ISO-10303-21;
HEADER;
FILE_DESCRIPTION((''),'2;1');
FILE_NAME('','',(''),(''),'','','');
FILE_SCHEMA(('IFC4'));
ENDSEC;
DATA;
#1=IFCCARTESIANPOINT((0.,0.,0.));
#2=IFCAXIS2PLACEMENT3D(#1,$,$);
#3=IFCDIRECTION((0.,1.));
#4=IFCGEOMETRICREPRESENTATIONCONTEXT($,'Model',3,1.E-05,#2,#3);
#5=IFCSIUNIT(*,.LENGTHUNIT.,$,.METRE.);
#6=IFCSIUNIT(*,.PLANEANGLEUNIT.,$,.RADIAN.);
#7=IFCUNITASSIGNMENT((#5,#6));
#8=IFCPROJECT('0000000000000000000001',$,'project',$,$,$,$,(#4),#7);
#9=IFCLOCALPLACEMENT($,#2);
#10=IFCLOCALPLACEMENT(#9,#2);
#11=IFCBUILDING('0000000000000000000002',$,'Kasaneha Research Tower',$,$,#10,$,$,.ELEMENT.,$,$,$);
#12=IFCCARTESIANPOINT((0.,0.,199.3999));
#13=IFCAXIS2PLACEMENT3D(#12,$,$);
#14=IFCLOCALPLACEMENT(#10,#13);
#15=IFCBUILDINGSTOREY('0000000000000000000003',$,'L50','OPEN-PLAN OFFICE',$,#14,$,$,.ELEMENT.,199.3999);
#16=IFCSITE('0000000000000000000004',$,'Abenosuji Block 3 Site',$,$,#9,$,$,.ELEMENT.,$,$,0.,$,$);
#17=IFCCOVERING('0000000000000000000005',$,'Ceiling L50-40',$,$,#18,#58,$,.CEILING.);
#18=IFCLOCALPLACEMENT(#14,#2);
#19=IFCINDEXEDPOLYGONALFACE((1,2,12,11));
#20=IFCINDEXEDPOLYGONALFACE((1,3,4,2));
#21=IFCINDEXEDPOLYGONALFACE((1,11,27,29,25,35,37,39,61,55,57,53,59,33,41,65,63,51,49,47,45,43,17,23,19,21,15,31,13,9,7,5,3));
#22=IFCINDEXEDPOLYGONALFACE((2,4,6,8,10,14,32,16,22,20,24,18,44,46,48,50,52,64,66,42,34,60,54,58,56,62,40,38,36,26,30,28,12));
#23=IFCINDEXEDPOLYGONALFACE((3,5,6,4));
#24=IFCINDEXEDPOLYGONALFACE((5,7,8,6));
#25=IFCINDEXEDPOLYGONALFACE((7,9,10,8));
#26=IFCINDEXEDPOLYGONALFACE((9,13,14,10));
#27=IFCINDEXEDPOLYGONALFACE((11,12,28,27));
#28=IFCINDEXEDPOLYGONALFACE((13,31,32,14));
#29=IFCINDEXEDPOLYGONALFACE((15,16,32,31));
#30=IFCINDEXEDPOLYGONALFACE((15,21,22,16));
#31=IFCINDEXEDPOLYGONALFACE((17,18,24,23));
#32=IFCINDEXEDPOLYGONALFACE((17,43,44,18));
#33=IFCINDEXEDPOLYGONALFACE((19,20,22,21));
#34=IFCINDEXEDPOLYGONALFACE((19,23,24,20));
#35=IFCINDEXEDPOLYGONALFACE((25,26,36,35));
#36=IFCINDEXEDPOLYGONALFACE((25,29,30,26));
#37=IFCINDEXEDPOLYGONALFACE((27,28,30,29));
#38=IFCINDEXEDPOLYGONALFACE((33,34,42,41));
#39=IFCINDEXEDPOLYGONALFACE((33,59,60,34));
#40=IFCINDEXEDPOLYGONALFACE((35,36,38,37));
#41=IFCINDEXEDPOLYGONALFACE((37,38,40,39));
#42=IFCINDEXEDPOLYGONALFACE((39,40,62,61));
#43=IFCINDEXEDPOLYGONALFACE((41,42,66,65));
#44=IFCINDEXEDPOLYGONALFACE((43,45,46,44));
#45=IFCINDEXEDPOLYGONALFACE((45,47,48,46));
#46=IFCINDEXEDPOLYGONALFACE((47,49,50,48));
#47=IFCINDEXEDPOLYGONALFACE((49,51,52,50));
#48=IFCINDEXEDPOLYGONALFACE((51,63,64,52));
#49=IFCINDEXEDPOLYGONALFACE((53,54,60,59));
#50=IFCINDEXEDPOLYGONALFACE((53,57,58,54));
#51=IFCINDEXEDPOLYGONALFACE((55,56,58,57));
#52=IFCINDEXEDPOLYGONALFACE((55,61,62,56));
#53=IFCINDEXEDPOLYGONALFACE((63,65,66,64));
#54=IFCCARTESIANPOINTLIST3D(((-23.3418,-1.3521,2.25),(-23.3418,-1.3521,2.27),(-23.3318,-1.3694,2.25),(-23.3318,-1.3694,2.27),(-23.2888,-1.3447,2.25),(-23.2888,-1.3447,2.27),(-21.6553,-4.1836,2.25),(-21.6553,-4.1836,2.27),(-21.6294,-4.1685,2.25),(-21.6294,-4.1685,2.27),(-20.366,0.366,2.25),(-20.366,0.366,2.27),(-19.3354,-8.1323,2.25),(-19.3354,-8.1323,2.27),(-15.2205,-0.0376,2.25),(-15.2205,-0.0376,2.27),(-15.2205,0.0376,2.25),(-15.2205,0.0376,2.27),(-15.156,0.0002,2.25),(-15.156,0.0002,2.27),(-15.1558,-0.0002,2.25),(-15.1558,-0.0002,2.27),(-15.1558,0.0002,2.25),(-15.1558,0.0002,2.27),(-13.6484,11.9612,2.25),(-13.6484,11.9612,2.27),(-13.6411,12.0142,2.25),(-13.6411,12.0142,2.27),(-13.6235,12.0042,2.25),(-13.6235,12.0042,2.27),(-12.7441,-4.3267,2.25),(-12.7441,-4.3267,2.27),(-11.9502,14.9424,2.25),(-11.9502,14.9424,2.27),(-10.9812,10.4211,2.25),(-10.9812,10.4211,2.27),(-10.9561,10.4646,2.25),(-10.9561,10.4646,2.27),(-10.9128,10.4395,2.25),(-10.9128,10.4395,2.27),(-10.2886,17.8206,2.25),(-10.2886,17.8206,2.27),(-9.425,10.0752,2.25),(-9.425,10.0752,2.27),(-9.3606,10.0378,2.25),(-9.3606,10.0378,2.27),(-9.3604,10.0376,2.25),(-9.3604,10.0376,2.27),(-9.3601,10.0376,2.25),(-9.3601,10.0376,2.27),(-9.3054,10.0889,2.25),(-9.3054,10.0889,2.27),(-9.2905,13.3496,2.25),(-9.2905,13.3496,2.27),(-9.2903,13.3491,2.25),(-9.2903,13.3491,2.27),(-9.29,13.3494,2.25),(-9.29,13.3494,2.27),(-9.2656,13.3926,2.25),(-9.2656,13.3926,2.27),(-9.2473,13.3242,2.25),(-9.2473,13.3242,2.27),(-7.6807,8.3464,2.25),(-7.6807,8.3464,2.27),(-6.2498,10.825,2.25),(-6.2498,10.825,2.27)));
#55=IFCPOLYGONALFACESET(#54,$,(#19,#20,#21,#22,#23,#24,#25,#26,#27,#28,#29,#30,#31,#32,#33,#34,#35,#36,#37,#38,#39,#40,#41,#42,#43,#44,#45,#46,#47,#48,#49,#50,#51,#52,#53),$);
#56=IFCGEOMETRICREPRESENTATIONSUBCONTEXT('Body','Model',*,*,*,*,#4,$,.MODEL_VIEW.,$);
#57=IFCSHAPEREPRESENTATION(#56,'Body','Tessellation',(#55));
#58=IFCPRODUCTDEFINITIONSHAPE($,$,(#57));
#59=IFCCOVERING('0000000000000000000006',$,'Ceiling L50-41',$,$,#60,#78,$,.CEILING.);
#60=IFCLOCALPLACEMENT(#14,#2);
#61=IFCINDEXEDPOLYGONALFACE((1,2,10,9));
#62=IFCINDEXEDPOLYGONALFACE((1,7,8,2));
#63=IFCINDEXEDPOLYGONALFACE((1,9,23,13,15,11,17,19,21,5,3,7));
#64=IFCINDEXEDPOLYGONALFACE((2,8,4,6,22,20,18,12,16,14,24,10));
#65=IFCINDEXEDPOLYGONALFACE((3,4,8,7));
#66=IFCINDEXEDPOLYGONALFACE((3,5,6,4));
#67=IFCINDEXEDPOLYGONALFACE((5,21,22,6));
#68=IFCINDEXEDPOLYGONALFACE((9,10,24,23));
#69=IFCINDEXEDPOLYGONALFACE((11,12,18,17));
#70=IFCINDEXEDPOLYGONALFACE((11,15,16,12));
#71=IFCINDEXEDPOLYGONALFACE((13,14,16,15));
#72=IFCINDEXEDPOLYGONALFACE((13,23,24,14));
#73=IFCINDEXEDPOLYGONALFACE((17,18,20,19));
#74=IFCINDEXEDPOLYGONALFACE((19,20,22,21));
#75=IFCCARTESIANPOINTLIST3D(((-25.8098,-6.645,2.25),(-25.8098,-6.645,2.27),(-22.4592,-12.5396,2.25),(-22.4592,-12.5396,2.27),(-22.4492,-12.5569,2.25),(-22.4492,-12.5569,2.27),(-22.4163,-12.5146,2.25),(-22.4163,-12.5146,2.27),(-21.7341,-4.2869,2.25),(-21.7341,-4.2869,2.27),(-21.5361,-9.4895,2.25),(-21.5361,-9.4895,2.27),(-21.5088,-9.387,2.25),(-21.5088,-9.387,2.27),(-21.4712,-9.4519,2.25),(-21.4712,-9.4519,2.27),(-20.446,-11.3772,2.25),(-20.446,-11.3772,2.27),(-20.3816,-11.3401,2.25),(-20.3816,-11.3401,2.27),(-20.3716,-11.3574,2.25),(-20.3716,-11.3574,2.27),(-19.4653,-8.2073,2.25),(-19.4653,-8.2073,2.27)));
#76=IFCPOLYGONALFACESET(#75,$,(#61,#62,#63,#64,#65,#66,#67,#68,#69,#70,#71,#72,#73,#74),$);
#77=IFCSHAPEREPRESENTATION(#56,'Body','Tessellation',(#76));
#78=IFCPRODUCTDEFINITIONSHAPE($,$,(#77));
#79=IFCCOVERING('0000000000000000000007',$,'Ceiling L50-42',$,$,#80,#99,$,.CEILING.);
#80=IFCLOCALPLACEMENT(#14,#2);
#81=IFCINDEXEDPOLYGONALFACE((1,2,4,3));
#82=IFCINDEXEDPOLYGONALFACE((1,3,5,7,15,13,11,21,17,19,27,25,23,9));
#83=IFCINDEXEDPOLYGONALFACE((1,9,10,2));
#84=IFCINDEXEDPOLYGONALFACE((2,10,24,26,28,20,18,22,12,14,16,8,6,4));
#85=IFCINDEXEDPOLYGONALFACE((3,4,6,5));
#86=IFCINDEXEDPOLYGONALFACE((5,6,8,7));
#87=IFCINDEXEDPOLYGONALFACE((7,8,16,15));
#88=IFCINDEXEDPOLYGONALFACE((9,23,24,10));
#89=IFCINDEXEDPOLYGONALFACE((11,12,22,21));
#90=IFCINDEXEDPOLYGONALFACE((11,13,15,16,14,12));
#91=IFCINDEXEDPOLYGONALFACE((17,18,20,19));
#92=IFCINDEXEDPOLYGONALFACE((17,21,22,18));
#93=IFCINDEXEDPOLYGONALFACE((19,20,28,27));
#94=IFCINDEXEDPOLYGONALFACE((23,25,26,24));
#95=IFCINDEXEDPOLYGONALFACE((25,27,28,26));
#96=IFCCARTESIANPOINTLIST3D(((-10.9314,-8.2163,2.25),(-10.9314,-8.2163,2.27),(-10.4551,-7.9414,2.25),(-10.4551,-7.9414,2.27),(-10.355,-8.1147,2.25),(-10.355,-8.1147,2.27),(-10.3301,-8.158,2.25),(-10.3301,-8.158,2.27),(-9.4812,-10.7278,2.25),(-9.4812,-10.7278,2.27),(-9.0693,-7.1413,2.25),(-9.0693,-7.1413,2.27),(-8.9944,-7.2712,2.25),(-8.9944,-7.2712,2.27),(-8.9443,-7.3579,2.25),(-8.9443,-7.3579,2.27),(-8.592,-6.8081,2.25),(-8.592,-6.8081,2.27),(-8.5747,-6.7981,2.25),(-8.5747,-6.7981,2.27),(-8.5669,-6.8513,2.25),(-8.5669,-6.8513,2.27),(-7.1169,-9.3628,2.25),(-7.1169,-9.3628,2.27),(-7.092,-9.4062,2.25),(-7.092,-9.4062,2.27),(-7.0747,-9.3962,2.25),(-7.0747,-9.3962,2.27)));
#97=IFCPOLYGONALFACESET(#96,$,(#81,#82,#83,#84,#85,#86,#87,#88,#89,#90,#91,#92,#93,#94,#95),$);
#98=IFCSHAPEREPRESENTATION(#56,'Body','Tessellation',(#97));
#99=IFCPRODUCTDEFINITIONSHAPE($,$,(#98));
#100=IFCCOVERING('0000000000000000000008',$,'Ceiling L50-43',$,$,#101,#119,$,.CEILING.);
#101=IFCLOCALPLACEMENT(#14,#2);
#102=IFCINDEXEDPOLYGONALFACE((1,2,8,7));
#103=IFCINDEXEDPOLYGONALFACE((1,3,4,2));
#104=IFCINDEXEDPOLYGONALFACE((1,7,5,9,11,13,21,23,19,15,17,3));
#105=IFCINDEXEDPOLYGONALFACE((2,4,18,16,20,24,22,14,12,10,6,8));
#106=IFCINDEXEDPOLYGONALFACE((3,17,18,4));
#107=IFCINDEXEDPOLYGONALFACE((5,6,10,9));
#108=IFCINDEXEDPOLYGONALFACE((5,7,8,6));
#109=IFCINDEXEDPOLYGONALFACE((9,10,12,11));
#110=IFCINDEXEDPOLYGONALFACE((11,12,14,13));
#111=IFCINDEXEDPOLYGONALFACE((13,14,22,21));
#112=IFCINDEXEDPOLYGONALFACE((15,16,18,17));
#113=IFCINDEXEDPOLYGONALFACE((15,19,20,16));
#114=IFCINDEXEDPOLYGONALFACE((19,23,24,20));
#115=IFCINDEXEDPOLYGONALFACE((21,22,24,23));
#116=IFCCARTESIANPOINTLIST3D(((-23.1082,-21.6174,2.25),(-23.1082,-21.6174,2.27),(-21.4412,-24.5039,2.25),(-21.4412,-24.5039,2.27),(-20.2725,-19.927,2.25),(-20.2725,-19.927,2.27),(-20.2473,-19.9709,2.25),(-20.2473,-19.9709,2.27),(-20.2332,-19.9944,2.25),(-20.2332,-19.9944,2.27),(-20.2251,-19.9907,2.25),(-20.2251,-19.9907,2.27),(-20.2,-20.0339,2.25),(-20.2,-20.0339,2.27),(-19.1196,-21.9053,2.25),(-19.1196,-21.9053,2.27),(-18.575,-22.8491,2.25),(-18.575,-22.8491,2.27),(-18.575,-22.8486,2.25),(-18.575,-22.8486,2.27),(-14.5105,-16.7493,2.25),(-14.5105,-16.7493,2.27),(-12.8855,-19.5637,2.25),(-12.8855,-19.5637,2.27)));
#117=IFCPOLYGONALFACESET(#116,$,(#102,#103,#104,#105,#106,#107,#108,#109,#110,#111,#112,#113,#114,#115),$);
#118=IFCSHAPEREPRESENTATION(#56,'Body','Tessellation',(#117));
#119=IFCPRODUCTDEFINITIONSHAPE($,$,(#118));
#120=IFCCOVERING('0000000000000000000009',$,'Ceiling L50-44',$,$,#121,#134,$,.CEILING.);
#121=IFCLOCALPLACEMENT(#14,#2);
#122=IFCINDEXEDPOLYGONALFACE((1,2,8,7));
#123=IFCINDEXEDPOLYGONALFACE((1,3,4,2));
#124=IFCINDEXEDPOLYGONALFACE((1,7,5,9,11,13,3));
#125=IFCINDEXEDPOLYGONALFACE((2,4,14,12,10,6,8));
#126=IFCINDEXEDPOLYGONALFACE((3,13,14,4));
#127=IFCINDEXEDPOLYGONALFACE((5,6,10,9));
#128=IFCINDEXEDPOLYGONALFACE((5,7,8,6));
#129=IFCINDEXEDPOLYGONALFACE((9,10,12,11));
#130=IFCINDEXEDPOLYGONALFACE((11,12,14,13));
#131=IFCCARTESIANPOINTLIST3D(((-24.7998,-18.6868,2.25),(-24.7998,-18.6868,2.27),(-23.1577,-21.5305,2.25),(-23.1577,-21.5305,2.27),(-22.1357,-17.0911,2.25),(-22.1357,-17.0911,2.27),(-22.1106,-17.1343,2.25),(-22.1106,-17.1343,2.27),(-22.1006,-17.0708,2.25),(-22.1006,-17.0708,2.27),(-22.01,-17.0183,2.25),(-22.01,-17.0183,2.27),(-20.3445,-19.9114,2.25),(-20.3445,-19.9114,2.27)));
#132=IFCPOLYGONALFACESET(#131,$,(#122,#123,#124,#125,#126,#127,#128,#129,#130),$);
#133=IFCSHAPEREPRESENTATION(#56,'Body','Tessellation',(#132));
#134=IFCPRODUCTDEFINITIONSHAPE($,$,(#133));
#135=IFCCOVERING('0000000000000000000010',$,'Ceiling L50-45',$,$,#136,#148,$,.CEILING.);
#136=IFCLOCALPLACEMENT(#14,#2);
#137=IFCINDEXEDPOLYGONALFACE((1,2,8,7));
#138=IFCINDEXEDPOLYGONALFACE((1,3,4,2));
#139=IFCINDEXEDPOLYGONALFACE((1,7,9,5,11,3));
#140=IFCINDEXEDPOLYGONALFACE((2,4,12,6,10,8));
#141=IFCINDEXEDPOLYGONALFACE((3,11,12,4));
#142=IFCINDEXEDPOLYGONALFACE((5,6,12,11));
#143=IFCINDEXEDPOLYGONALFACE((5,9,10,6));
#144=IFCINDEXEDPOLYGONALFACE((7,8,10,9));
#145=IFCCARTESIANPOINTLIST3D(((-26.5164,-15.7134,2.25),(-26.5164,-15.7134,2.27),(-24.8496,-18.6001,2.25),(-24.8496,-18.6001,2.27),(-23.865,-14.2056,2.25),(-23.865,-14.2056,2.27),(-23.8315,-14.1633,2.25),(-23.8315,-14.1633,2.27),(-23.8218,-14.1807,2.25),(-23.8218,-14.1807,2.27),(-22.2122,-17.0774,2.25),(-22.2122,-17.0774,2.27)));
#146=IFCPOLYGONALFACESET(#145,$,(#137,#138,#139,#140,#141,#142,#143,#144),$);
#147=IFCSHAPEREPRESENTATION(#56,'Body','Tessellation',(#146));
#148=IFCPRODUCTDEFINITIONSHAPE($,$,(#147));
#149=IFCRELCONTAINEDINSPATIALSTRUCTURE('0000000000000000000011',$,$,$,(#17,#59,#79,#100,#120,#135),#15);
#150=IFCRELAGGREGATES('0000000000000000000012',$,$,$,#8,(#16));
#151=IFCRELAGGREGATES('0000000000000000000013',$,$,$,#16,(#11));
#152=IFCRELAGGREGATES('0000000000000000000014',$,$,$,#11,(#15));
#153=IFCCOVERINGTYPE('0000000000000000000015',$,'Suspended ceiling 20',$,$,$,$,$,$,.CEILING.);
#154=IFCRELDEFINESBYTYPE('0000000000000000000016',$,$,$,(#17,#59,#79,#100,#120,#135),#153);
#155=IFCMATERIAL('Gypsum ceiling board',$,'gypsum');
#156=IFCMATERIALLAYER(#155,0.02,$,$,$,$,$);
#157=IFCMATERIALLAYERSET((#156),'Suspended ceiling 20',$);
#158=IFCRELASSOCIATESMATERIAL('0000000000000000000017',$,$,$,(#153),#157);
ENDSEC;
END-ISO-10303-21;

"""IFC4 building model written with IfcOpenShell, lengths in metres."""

from ifc_helpers import new_model, si_unit, direction, frame, origin, place, context, subcontext, project, spatial, polyline, outline, extrude, material, layer, layer_set, type_object, element, save


model = new_model("IFC4")

# Units and contexts
model_context = context("Model", 3, precision=1e-05, world=origin(), true_north=direction((0.0, 1.0)))
body_context = subcontext(model_context, "Body", "Model", "MODEL_VIEW")
ifc_project = project(units=[si_unit("LENGTHUNIT", "METRE"), si_unit("PLANEANGLEUNIT", "RADIAN")], contexts=[model_context])

# Site, building, storey
site_placement = place(None, origin())
site = spatial("IfcSite", under=ifc_project, at=site_placement, Name="Abenosuji Block 3 Site", CompositionType="ELEMENT", RefElevation=0.0)
building_placement = place(site_placement, origin())
building = spatial("IfcBuilding", under=site, at=building_placement, Name="Kasaneha Research Tower", CompositionType="ELEMENT")
storey_placement = place(building_placement, frame((0.0, 0.0, 199.3999)))
storey = spatial("IfcBuildingStorey", under=building, at=storey_placement, Name="L50", Description="OPEN-PLAN OFFICE", CompositionType="ELEMENT", Elevation=199.3999)

# Coverings
ifc_material_1 = material(Name="Gypsum ceiling board", Category="gypsum")
ifc_layer_1 = layer(ifc_material_1, 0.02)
ifc_layer_set_1 = layer_set([ifc_layer_1], Name="Suspended ceiling 20")
covering_type_1 = type_object("IfcCoveringType", Name="Suspended ceiling 20", PredefinedType="CEILING", material=ifc_layer_set_1)
covering_1_placement = place(storey_placement, frame((0.0, 0.0, 2.25)))
element("IfcCovering", 1, at=covering_1_placement, inside=storey, type_object=covering_type_1, Name="Ceiling L50-40", PredefinedType="CEILING", context=body_context, shape_type="SweptSolid", body=[
    extrude(outline(polyline([(-9.3606, 10.0378), (-9.3606, 10.0378), (-9.425, 10.0752), (-15.2205, 0.0376), (-15.1558, 0.0002), (-15.156, 0.0002), (-15.1558, -0.0002), (-15.2205, -0.0376), (-12.7441, -4.3267), (-19.3354, -8.1323), (-21.6294, -4.1685), (-21.6553, -4.1836), (-23.2888, -1.3447), (-23.3318, -1.3694), (-23.3418, -1.3521), (-20.366, 0.366), (-13.6411, 12.0142), (-13.6235, 12.0042), (-13.6484, 11.9612), (-10.9812, 10.4211), (-10.9561, 10.4646), (-10.9128, 10.4395), (-9.2473, 13.3242), (-9.2903, 13.3491), (-9.29, 13.3494), (-9.2905, 13.3496), (-9.2656, 13.3926), (-11.9502, 14.9424), (-10.2886, 17.8206), (-6.2498, 10.825), (-7.6807, 8.3464), (-9.3054, 10.0889), (-9.3601, 10.0376), (-9.3604, 10.0376), (-9.3606, 10.0378)])), origin(), (0.0, 0.0, 1.0), 0.02),
])
covering_2_placement = place(storey_placement, frame((0.0, 0.0, 2.25)))
element("IfcCovering", 2, at=covering_2_placement, inside=storey, type_object=covering_type_1, Name="Ceiling L50-41", PredefinedType="CEILING", context=body_context, shape_type="SweptSolid", body=[
    extrude(outline(polyline([(-22.4492, -12.5569), (-22.4592, -12.5396), (-22.4163, -12.5146), (-25.8098, -6.645), (-21.7341, -4.2869), (-19.4653, -8.2073), (-21.5088, -9.387), (-21.4712, -9.4519), (-21.5361, -9.4895), (-20.446, -11.3772), (-20.3816, -11.3401), (-20.3716, -11.3574), (-22.4492, -12.5569)])), origin(), (0.0, 0.0, 1.0), 0.02),
])
covering_3_placement = place(storey_placement, frame((0.0, 0.0, 2.25)))
element("IfcCovering", 3, at=covering_3_placement, inside=storey, type_object=covering_type_1, Name="Ceiling L50-42", PredefinedType="CEILING", context=body_context, shape_type="SweptSolid", body=[
    extrude(outline(polyline([(-10.355, -8.1147), (-10.355, -8.1147), (-10.3301, -8.158), (-8.9443, -7.3579), (-8.9944, -7.2712), (-8.9944, -7.2712), (-9.0942, -7.0981), (-9.0942, -7.0981), (-9.0693, -7.1414), (-8.5669, -6.8513), (-8.592, -6.8081), (-8.5747, -6.7981), (-7.0747, -9.3962), (-7.092, -9.4062), (-7.1169, -9.3628), (-9.4812, -10.7278), (-10.9314, -8.2163), (-10.4551, -7.9414), (-10.355, -8.1147)])), origin(), (0.0, 0.0, 1.0), 0.02),
])
covering_4_placement = place(storey_placement, frame((0.0, 0.0, 2.25)))
element("IfcCovering", 4, at=covering_4_placement, inside=storey, type_object=covering_type_1, Name="Ceiling L50-43", PredefinedType="CEILING", context=body_context, shape_type="SweptSolid", body=[
    extrude(outline(polyline([(-19.1196, -21.9053), (-18.575, -22.8491), (-21.4412, -24.5039), (-23.1082, -21.6174), (-20.2473, -19.9709), (-20.2725, -19.927), (-20.2332, -19.9944), (-20.2251, -19.9907), (-20.2, -20.0339), (-14.5105, -16.7493), (-12.8855, -19.5637), (-18.575, -22.8486), (-19.1196, -21.9053)])), origin(), (0.0, 0.0, 1.0), 0.02),
])
covering_5_placement = place(storey_placement, frame((0.0, 0.0, 2.25)))
element("IfcCovering", 5, at=covering_5_placement, inside=storey, type_object=covering_type_1, Name="Ceiling L50-44", PredefinedType="CEILING", context=body_context, shape_type="SweptSolid", body=[
    extrude(outline(polyline([(-24.7998, -18.6868), (-22.1106, -17.1343), (-22.1357, -17.0911), (-22.1006, -17.0708), (-22.1006, -17.0708), (-22.01, -17.0183), (-20.3445, -19.9114), (-23.1577, -21.5305), (-24.7998, -18.6868)])), origin(), (0.0, 0.0, 1.0), 0.02),
])
covering_6_placement = place(storey_placement, frame((0.0, 0.0, 2.25)))
element("IfcCovering", 6, at=covering_6_placement, inside=storey, type_object=covering_type_1, Name="Ceiling L50-45", PredefinedType="CEILING", context=body_context, shape_type="SweptSolid", body=[
    extrude(outline(polyline([(-23.8315, -14.1633), (-23.8218, -14.1807), (-23.865, -14.2056), (-22.2122, -17.0774), (-24.8496, -18.6001), (-26.5164, -15.7134), (-23.8315, -14.1633)])), origin(), (0.0, 0.0, 1.0), 0.02),
])

save(model, "model.ifc")
